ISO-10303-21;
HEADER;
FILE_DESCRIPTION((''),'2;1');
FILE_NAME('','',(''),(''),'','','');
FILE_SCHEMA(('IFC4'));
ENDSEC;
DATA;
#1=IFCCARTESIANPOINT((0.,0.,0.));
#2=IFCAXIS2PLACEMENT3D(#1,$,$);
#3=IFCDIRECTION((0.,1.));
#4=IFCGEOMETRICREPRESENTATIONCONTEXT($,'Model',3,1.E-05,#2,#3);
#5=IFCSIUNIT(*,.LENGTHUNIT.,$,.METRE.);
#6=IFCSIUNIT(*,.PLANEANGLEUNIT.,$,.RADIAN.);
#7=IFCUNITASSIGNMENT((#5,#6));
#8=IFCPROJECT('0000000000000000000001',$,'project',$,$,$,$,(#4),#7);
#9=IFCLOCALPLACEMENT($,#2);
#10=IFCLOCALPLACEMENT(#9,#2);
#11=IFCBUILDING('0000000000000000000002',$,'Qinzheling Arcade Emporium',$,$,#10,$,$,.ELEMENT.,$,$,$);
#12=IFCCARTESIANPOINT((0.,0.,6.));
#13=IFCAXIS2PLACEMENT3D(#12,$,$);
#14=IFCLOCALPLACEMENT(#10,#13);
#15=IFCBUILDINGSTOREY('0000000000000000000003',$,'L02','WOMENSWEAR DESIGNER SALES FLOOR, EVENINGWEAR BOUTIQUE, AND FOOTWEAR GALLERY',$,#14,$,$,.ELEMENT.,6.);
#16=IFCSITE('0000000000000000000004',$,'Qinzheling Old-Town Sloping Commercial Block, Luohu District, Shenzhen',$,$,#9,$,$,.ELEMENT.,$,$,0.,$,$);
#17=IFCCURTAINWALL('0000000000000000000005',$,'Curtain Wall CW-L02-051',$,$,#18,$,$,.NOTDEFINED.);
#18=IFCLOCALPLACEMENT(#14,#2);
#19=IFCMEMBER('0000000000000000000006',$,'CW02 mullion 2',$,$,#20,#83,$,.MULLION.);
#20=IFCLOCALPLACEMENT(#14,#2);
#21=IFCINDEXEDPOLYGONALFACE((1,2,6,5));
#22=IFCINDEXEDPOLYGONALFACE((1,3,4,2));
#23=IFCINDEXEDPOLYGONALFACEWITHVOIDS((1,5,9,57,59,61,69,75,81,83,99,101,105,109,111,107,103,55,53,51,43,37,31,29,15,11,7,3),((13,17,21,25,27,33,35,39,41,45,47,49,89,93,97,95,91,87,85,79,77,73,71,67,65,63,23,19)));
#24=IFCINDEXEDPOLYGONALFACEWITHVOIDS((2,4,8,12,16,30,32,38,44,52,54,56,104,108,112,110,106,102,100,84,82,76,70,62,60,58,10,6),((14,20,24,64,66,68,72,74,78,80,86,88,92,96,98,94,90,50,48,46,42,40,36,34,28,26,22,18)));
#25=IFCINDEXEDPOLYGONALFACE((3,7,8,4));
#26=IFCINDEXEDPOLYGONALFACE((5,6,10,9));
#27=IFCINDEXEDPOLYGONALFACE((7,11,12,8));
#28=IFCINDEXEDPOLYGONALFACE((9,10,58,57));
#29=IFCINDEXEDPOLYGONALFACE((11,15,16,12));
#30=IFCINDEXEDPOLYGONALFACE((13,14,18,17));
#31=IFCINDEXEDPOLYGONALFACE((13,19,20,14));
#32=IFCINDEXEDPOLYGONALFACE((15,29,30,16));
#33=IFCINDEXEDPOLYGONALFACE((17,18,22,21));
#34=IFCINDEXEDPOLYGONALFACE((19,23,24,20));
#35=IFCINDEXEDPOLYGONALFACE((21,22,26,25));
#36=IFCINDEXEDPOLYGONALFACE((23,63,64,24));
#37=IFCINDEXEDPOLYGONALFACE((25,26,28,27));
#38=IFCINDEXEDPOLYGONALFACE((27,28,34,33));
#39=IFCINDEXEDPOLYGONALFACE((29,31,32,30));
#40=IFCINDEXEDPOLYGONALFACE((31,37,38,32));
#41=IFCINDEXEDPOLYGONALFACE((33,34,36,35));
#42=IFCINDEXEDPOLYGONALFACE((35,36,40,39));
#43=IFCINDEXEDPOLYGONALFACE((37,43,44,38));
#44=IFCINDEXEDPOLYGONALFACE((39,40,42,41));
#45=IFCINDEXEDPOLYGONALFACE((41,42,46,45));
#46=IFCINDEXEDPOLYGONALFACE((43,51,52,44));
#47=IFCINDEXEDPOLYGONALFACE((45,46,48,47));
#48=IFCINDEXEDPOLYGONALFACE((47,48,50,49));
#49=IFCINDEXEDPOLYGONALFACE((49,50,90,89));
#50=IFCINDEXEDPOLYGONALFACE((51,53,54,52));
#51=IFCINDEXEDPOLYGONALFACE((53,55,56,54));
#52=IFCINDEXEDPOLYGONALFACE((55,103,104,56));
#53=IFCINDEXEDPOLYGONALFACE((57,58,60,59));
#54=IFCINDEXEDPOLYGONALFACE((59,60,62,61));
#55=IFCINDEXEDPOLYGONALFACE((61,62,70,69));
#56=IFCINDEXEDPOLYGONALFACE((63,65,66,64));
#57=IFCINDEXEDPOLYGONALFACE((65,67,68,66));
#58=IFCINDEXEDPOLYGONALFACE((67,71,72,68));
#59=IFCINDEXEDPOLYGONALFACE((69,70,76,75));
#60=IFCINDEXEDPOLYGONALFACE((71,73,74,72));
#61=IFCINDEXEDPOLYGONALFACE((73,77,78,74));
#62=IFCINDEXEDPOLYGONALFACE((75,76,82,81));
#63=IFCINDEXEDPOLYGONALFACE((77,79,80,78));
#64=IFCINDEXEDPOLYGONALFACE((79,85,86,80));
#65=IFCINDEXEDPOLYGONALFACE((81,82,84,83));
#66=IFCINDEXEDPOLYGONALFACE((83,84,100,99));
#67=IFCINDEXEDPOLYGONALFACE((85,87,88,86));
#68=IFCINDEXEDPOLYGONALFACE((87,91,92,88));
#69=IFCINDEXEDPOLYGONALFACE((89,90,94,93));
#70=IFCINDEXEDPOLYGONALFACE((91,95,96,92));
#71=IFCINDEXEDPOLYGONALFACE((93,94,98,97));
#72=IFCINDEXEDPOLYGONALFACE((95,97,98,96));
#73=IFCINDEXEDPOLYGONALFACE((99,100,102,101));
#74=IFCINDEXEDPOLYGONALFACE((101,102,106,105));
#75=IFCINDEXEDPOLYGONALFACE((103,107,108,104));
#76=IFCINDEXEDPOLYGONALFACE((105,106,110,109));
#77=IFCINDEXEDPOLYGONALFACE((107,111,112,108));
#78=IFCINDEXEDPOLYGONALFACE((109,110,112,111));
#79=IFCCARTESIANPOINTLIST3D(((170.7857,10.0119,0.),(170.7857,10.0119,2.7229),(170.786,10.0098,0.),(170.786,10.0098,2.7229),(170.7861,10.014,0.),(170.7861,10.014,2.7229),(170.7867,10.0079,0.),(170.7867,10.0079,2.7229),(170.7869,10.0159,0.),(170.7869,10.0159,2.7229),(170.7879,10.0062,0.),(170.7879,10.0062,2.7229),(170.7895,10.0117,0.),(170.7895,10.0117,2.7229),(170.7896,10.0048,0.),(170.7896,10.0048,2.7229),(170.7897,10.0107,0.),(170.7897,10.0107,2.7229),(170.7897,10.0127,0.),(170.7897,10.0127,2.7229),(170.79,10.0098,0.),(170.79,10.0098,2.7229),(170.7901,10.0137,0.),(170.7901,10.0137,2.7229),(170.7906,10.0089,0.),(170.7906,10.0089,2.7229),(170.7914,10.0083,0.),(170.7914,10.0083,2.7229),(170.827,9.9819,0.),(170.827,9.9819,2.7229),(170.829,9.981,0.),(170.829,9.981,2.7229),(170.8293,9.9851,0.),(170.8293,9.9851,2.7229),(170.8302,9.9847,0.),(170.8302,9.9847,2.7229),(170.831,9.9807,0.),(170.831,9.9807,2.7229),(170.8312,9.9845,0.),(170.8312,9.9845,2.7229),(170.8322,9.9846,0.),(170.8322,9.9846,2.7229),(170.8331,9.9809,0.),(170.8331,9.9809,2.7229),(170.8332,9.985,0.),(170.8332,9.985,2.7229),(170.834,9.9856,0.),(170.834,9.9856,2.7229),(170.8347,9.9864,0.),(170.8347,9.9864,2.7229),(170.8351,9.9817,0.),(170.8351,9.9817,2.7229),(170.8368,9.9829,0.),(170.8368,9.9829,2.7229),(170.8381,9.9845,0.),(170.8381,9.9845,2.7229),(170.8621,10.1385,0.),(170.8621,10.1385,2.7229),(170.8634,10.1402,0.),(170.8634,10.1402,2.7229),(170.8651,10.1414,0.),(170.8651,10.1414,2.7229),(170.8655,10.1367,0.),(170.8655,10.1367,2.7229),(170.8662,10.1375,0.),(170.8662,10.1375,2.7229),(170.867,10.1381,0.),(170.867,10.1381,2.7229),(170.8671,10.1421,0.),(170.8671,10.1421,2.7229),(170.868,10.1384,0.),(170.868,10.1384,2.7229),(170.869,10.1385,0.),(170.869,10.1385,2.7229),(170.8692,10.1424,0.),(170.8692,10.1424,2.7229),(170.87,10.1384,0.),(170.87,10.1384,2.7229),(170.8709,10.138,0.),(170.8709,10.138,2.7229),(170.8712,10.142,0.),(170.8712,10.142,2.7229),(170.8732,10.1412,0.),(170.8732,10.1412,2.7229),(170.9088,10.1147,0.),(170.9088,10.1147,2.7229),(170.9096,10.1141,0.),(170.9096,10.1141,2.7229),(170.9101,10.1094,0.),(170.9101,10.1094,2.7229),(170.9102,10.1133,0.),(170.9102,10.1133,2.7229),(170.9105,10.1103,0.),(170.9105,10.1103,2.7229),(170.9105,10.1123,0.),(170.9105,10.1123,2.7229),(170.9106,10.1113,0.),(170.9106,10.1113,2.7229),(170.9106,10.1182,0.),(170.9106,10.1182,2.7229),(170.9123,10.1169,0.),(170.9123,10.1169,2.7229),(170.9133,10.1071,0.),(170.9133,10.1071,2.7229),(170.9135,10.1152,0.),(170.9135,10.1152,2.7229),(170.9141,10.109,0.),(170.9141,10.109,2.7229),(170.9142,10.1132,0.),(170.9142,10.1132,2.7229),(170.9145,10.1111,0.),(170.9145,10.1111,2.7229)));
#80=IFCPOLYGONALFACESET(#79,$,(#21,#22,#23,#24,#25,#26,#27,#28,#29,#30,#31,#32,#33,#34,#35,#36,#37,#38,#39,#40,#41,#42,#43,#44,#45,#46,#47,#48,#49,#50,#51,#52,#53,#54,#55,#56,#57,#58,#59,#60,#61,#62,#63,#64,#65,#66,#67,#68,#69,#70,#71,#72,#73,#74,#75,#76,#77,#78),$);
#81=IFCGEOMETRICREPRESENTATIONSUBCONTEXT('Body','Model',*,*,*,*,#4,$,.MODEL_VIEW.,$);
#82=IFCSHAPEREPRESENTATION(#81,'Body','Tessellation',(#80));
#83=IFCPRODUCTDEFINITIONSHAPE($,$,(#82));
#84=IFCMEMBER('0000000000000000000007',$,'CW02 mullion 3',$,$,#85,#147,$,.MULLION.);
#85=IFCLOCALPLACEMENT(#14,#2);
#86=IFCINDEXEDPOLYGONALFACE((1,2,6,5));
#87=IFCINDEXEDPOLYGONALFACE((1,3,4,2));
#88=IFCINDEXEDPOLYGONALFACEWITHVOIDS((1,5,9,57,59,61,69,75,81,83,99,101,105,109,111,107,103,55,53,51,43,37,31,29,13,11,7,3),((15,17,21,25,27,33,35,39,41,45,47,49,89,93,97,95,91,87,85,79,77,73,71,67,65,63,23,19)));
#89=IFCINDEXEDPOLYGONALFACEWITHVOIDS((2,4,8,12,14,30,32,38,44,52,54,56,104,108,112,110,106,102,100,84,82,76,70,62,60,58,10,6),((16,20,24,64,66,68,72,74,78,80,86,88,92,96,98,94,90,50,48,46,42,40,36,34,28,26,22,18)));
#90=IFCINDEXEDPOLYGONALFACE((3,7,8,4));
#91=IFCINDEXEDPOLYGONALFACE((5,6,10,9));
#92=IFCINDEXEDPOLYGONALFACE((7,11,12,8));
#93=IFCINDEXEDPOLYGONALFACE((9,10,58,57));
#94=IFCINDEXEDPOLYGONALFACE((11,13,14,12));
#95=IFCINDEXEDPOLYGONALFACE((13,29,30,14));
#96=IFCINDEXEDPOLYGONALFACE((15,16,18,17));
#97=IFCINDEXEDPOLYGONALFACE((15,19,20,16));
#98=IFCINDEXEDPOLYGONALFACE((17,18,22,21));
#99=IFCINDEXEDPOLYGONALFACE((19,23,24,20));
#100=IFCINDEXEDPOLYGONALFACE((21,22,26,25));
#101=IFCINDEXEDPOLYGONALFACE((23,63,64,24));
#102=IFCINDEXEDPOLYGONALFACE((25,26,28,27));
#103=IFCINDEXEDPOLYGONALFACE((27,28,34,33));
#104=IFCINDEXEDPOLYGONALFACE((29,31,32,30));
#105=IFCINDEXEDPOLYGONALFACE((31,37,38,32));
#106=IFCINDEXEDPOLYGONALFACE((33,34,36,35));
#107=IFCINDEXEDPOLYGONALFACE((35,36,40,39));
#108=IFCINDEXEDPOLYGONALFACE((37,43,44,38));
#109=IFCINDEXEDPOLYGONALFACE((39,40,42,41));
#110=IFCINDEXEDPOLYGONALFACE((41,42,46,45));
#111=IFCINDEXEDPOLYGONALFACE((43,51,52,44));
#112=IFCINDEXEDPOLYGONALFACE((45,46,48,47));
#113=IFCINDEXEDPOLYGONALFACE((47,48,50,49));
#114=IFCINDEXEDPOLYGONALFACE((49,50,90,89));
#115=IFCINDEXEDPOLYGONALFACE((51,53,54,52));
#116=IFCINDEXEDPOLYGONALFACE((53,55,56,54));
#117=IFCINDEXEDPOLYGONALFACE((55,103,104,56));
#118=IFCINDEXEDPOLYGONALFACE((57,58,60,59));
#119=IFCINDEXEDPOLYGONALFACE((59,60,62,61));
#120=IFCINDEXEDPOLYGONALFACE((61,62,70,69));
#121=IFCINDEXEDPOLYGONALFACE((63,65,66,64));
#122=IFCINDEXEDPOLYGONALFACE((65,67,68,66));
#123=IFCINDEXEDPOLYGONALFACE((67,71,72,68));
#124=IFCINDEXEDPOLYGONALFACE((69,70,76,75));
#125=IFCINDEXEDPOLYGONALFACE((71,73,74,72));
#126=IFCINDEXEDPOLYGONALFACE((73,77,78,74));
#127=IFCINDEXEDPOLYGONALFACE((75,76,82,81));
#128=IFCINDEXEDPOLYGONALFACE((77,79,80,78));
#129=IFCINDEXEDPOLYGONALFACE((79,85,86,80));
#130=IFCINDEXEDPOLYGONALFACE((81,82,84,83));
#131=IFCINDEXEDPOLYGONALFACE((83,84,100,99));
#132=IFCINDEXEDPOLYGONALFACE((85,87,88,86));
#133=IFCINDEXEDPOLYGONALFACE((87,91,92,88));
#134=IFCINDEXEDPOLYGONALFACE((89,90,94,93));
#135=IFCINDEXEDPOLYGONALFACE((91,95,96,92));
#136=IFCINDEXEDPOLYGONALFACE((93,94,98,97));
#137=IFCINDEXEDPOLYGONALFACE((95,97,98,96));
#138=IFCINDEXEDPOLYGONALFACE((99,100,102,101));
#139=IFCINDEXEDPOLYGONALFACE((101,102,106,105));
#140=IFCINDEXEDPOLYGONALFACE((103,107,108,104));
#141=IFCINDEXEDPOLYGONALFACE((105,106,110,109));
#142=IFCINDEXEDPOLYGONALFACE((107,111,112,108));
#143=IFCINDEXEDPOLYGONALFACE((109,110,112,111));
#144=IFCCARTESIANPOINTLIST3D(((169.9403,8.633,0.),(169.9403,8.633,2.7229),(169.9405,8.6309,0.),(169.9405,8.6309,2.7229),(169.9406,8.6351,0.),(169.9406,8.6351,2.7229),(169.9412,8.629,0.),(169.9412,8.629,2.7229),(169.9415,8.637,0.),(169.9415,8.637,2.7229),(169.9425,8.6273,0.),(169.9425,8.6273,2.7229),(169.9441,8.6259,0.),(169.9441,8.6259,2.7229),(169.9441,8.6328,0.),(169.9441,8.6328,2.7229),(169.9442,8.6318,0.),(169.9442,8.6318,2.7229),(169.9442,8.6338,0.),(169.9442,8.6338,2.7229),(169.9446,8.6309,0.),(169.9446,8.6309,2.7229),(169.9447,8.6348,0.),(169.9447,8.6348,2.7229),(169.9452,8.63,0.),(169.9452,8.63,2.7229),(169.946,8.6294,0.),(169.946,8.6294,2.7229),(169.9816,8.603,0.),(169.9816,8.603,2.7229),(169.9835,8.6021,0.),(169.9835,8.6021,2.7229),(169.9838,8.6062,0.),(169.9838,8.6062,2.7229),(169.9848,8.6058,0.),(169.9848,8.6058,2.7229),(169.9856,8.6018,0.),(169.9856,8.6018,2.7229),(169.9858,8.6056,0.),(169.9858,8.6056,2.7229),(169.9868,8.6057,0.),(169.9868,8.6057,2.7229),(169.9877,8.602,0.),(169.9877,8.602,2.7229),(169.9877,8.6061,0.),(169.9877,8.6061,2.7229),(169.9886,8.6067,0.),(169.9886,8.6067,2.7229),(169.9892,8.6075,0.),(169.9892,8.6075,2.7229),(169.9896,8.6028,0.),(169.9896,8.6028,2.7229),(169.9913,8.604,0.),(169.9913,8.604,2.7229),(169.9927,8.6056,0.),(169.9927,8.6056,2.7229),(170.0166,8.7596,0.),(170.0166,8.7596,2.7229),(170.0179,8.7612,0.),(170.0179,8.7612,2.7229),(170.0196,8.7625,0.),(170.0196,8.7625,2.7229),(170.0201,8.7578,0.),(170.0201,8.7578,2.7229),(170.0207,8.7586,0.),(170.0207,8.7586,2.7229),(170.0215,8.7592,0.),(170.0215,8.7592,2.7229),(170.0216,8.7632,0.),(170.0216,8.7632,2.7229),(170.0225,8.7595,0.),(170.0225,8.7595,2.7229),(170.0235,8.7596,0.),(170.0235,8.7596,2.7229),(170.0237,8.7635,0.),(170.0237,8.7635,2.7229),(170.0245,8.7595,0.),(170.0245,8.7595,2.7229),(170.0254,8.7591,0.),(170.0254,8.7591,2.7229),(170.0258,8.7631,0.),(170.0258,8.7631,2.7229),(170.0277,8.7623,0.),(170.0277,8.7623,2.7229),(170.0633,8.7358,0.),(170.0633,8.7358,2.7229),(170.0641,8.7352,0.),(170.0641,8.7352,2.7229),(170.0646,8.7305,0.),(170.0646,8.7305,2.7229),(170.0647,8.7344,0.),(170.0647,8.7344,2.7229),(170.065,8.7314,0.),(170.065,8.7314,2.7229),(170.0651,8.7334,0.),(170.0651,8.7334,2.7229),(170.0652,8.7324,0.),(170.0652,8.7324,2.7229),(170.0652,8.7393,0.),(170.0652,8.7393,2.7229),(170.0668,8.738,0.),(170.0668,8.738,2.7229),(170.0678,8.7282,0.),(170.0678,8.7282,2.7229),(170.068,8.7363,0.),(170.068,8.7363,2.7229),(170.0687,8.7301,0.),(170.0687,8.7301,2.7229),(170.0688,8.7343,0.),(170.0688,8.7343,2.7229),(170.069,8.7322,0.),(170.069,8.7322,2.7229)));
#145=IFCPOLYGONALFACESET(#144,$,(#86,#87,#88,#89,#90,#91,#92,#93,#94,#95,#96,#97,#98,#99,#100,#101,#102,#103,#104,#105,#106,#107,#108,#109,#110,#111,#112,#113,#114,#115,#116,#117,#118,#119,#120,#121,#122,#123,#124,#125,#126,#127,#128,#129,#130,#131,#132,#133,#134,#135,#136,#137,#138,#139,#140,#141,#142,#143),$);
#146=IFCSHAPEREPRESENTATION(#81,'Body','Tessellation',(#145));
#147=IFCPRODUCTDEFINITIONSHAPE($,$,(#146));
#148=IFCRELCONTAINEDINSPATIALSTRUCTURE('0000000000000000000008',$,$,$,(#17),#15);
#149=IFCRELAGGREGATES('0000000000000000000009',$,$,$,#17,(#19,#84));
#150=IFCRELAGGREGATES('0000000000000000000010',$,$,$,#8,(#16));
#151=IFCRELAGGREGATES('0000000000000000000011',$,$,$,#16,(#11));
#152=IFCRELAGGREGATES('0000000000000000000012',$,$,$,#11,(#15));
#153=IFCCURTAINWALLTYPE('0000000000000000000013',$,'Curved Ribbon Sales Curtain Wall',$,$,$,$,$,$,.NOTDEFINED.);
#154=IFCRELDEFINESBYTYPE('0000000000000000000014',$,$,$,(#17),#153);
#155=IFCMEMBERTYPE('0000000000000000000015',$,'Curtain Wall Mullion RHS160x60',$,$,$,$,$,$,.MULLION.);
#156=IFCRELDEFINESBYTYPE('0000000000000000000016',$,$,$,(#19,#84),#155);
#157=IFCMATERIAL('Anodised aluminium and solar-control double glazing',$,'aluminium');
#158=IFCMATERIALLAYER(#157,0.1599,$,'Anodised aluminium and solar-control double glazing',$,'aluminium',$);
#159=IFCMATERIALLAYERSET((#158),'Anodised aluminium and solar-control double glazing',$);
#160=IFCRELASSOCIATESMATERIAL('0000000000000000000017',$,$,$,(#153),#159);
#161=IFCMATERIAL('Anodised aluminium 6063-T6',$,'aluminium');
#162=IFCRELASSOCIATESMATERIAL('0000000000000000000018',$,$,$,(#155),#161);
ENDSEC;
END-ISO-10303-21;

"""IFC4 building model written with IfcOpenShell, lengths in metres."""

from ifc_helpers import new_model, si_unit, direction, frame, origin, origin_2d, place, context, subcontext, project, spatial, hollow_rectangle, extrude, material, layer, layer_set, material_profile, profile_set, type_object, element, aggregate, save


model = new_model("IFC4")

# Units and contexts
model_context = context("Model", 3, precision=1e-05, world=origin(), true_north=direction((0.0, 1.0)))
body_context = subcontext(model_context, "Body", "Model", "MODEL_VIEW")
ifc_project = project(units=[si_unit("LENGTHUNIT", "METRE"), si_unit("PLANEANGLEUNIT", "RADIAN")], contexts=[model_context])

# Site, building, storey
site_placement = place(None, origin())
site = spatial("IfcSite", under=ifc_project, at=site_placement, Name="Qinzheling Old-Town Sloping Commercial Block, Luohu District, Shenzhen", CompositionType="ELEMENT", RefElevation=0.0)
building_placement = place(site_placement, origin())
building = spatial("IfcBuilding", under=site, at=building_placement, Name="Qinzheling Arcade Emporium", CompositionType="ELEMENT")
storey_placement = place(building_placement, frame((0.0, 0.0, 6.0)))
storey = spatial("IfcBuildingStorey", under=building, at=storey_placement, Name="L02", Description="WOMENSWEAR DESIGNER SALES FLOOR, EVENINGWEAR BOUTIQUE, AND FOOTWEAR GALLERY", CompositionType="ELEMENT", Elevation=6.0)

# Curtain wall, members
ifc_material_1 = material(Name="Anodised aluminium and solar-control double glazing", Category="aluminium")
ifc_layer_1 = layer(ifc_material_1, 0.1599, Name="Anodised aluminium and solar-control double glazing", Category="aluminium")
ifc_layer_set_1 = layer_set([ifc_layer_1], Name="Anodised aluminium and solar-control double glazing")
curtain_wall_type = type_object("IfcCurtainWallType", Name="Curved Ribbon Sales Curtain Wall", PredefinedType="NOTDEFINED", material=ifc_layer_set_1)
curtain_wall_1_placement = place(storey_placement, origin())
curtain_wall_1 = element("IfcCurtainWall", 1, at=curtain_wall_1_placement, inside=storey, type_object=curtain_wall_type, Name="Curtain Wall CW-L02-051", PredefinedType="NOTDEFINED")
ifc_material_2 = material(Name="Anodised aluminium 6063-T6", Category="aluminium")
ifc_material_profile_1 = material_profile(ifc_material_2, hollow_rectangle(XDim=0.0601, YDim=0.1599, WallThickness=0.0039, InnerFilletRadius=0.0039, OuterFilletRadius=0.0081, at=origin_2d()), Name="RHS 160x60x4", Category="aluminium")
ifc_profile_set_1 = profile_set([ifc_material_profile_1], Name="Anodised aluminium 6063-T6")
member_type_1 = type_object("IfcMemberType", Name="Curtain Wall Mullion RHS160x60", PredefinedType="MULLION", material=ifc_profile_set_1)
member_1_placement = place(storey_placement, frame((170.8501, 10.0615, 0.0), z_axis=(0.0, 0.0, 1.0), x_axis=(0.852553, -0.52264, 0.0)))
member_1 = element("IfcMember", 2, at=member_1_placement, type_object=member_type_1, Name="CW02 mullion 2", PredefinedType="MULLION", context=body_context, shape_type="SweptSolid", body=[
    extrude(hollow_rectangle(XDim=0.0601, YDim=0.1599, WallThickness=0.0039, InnerFilletRadius=0.0039, OuterFilletRadius=0.0081, at=origin_2d()), origin(), (0.0, 0.0, 1.0), 2.7229),
])
member_2_placement = place(storey_placement, frame((170.0046, 8.6826, 0.0), z_axis=(0.0, 0.0, 1.0), x_axis=(0.852553, -0.52264, 0.0)))
member_2 = element("IfcMember", 3, at=member_2_placement, type_object=member_type_1, Name="CW02 mullion 3", PredefinedType="MULLION", context=body_context, shape_type="SweptSolid", body=[
    extrude(hollow_rectangle(XDim=0.0601, YDim=0.1599, WallThickness=0.0039, InnerFilletRadius=0.0039, OuterFilletRadius=0.0081, at=origin_2d()), origin(), (0.0, 0.0, 1.0), 2.7229),
])

aggregate(curtain_wall_1, [member_1, member_2])

save(model, "model.ifc")
